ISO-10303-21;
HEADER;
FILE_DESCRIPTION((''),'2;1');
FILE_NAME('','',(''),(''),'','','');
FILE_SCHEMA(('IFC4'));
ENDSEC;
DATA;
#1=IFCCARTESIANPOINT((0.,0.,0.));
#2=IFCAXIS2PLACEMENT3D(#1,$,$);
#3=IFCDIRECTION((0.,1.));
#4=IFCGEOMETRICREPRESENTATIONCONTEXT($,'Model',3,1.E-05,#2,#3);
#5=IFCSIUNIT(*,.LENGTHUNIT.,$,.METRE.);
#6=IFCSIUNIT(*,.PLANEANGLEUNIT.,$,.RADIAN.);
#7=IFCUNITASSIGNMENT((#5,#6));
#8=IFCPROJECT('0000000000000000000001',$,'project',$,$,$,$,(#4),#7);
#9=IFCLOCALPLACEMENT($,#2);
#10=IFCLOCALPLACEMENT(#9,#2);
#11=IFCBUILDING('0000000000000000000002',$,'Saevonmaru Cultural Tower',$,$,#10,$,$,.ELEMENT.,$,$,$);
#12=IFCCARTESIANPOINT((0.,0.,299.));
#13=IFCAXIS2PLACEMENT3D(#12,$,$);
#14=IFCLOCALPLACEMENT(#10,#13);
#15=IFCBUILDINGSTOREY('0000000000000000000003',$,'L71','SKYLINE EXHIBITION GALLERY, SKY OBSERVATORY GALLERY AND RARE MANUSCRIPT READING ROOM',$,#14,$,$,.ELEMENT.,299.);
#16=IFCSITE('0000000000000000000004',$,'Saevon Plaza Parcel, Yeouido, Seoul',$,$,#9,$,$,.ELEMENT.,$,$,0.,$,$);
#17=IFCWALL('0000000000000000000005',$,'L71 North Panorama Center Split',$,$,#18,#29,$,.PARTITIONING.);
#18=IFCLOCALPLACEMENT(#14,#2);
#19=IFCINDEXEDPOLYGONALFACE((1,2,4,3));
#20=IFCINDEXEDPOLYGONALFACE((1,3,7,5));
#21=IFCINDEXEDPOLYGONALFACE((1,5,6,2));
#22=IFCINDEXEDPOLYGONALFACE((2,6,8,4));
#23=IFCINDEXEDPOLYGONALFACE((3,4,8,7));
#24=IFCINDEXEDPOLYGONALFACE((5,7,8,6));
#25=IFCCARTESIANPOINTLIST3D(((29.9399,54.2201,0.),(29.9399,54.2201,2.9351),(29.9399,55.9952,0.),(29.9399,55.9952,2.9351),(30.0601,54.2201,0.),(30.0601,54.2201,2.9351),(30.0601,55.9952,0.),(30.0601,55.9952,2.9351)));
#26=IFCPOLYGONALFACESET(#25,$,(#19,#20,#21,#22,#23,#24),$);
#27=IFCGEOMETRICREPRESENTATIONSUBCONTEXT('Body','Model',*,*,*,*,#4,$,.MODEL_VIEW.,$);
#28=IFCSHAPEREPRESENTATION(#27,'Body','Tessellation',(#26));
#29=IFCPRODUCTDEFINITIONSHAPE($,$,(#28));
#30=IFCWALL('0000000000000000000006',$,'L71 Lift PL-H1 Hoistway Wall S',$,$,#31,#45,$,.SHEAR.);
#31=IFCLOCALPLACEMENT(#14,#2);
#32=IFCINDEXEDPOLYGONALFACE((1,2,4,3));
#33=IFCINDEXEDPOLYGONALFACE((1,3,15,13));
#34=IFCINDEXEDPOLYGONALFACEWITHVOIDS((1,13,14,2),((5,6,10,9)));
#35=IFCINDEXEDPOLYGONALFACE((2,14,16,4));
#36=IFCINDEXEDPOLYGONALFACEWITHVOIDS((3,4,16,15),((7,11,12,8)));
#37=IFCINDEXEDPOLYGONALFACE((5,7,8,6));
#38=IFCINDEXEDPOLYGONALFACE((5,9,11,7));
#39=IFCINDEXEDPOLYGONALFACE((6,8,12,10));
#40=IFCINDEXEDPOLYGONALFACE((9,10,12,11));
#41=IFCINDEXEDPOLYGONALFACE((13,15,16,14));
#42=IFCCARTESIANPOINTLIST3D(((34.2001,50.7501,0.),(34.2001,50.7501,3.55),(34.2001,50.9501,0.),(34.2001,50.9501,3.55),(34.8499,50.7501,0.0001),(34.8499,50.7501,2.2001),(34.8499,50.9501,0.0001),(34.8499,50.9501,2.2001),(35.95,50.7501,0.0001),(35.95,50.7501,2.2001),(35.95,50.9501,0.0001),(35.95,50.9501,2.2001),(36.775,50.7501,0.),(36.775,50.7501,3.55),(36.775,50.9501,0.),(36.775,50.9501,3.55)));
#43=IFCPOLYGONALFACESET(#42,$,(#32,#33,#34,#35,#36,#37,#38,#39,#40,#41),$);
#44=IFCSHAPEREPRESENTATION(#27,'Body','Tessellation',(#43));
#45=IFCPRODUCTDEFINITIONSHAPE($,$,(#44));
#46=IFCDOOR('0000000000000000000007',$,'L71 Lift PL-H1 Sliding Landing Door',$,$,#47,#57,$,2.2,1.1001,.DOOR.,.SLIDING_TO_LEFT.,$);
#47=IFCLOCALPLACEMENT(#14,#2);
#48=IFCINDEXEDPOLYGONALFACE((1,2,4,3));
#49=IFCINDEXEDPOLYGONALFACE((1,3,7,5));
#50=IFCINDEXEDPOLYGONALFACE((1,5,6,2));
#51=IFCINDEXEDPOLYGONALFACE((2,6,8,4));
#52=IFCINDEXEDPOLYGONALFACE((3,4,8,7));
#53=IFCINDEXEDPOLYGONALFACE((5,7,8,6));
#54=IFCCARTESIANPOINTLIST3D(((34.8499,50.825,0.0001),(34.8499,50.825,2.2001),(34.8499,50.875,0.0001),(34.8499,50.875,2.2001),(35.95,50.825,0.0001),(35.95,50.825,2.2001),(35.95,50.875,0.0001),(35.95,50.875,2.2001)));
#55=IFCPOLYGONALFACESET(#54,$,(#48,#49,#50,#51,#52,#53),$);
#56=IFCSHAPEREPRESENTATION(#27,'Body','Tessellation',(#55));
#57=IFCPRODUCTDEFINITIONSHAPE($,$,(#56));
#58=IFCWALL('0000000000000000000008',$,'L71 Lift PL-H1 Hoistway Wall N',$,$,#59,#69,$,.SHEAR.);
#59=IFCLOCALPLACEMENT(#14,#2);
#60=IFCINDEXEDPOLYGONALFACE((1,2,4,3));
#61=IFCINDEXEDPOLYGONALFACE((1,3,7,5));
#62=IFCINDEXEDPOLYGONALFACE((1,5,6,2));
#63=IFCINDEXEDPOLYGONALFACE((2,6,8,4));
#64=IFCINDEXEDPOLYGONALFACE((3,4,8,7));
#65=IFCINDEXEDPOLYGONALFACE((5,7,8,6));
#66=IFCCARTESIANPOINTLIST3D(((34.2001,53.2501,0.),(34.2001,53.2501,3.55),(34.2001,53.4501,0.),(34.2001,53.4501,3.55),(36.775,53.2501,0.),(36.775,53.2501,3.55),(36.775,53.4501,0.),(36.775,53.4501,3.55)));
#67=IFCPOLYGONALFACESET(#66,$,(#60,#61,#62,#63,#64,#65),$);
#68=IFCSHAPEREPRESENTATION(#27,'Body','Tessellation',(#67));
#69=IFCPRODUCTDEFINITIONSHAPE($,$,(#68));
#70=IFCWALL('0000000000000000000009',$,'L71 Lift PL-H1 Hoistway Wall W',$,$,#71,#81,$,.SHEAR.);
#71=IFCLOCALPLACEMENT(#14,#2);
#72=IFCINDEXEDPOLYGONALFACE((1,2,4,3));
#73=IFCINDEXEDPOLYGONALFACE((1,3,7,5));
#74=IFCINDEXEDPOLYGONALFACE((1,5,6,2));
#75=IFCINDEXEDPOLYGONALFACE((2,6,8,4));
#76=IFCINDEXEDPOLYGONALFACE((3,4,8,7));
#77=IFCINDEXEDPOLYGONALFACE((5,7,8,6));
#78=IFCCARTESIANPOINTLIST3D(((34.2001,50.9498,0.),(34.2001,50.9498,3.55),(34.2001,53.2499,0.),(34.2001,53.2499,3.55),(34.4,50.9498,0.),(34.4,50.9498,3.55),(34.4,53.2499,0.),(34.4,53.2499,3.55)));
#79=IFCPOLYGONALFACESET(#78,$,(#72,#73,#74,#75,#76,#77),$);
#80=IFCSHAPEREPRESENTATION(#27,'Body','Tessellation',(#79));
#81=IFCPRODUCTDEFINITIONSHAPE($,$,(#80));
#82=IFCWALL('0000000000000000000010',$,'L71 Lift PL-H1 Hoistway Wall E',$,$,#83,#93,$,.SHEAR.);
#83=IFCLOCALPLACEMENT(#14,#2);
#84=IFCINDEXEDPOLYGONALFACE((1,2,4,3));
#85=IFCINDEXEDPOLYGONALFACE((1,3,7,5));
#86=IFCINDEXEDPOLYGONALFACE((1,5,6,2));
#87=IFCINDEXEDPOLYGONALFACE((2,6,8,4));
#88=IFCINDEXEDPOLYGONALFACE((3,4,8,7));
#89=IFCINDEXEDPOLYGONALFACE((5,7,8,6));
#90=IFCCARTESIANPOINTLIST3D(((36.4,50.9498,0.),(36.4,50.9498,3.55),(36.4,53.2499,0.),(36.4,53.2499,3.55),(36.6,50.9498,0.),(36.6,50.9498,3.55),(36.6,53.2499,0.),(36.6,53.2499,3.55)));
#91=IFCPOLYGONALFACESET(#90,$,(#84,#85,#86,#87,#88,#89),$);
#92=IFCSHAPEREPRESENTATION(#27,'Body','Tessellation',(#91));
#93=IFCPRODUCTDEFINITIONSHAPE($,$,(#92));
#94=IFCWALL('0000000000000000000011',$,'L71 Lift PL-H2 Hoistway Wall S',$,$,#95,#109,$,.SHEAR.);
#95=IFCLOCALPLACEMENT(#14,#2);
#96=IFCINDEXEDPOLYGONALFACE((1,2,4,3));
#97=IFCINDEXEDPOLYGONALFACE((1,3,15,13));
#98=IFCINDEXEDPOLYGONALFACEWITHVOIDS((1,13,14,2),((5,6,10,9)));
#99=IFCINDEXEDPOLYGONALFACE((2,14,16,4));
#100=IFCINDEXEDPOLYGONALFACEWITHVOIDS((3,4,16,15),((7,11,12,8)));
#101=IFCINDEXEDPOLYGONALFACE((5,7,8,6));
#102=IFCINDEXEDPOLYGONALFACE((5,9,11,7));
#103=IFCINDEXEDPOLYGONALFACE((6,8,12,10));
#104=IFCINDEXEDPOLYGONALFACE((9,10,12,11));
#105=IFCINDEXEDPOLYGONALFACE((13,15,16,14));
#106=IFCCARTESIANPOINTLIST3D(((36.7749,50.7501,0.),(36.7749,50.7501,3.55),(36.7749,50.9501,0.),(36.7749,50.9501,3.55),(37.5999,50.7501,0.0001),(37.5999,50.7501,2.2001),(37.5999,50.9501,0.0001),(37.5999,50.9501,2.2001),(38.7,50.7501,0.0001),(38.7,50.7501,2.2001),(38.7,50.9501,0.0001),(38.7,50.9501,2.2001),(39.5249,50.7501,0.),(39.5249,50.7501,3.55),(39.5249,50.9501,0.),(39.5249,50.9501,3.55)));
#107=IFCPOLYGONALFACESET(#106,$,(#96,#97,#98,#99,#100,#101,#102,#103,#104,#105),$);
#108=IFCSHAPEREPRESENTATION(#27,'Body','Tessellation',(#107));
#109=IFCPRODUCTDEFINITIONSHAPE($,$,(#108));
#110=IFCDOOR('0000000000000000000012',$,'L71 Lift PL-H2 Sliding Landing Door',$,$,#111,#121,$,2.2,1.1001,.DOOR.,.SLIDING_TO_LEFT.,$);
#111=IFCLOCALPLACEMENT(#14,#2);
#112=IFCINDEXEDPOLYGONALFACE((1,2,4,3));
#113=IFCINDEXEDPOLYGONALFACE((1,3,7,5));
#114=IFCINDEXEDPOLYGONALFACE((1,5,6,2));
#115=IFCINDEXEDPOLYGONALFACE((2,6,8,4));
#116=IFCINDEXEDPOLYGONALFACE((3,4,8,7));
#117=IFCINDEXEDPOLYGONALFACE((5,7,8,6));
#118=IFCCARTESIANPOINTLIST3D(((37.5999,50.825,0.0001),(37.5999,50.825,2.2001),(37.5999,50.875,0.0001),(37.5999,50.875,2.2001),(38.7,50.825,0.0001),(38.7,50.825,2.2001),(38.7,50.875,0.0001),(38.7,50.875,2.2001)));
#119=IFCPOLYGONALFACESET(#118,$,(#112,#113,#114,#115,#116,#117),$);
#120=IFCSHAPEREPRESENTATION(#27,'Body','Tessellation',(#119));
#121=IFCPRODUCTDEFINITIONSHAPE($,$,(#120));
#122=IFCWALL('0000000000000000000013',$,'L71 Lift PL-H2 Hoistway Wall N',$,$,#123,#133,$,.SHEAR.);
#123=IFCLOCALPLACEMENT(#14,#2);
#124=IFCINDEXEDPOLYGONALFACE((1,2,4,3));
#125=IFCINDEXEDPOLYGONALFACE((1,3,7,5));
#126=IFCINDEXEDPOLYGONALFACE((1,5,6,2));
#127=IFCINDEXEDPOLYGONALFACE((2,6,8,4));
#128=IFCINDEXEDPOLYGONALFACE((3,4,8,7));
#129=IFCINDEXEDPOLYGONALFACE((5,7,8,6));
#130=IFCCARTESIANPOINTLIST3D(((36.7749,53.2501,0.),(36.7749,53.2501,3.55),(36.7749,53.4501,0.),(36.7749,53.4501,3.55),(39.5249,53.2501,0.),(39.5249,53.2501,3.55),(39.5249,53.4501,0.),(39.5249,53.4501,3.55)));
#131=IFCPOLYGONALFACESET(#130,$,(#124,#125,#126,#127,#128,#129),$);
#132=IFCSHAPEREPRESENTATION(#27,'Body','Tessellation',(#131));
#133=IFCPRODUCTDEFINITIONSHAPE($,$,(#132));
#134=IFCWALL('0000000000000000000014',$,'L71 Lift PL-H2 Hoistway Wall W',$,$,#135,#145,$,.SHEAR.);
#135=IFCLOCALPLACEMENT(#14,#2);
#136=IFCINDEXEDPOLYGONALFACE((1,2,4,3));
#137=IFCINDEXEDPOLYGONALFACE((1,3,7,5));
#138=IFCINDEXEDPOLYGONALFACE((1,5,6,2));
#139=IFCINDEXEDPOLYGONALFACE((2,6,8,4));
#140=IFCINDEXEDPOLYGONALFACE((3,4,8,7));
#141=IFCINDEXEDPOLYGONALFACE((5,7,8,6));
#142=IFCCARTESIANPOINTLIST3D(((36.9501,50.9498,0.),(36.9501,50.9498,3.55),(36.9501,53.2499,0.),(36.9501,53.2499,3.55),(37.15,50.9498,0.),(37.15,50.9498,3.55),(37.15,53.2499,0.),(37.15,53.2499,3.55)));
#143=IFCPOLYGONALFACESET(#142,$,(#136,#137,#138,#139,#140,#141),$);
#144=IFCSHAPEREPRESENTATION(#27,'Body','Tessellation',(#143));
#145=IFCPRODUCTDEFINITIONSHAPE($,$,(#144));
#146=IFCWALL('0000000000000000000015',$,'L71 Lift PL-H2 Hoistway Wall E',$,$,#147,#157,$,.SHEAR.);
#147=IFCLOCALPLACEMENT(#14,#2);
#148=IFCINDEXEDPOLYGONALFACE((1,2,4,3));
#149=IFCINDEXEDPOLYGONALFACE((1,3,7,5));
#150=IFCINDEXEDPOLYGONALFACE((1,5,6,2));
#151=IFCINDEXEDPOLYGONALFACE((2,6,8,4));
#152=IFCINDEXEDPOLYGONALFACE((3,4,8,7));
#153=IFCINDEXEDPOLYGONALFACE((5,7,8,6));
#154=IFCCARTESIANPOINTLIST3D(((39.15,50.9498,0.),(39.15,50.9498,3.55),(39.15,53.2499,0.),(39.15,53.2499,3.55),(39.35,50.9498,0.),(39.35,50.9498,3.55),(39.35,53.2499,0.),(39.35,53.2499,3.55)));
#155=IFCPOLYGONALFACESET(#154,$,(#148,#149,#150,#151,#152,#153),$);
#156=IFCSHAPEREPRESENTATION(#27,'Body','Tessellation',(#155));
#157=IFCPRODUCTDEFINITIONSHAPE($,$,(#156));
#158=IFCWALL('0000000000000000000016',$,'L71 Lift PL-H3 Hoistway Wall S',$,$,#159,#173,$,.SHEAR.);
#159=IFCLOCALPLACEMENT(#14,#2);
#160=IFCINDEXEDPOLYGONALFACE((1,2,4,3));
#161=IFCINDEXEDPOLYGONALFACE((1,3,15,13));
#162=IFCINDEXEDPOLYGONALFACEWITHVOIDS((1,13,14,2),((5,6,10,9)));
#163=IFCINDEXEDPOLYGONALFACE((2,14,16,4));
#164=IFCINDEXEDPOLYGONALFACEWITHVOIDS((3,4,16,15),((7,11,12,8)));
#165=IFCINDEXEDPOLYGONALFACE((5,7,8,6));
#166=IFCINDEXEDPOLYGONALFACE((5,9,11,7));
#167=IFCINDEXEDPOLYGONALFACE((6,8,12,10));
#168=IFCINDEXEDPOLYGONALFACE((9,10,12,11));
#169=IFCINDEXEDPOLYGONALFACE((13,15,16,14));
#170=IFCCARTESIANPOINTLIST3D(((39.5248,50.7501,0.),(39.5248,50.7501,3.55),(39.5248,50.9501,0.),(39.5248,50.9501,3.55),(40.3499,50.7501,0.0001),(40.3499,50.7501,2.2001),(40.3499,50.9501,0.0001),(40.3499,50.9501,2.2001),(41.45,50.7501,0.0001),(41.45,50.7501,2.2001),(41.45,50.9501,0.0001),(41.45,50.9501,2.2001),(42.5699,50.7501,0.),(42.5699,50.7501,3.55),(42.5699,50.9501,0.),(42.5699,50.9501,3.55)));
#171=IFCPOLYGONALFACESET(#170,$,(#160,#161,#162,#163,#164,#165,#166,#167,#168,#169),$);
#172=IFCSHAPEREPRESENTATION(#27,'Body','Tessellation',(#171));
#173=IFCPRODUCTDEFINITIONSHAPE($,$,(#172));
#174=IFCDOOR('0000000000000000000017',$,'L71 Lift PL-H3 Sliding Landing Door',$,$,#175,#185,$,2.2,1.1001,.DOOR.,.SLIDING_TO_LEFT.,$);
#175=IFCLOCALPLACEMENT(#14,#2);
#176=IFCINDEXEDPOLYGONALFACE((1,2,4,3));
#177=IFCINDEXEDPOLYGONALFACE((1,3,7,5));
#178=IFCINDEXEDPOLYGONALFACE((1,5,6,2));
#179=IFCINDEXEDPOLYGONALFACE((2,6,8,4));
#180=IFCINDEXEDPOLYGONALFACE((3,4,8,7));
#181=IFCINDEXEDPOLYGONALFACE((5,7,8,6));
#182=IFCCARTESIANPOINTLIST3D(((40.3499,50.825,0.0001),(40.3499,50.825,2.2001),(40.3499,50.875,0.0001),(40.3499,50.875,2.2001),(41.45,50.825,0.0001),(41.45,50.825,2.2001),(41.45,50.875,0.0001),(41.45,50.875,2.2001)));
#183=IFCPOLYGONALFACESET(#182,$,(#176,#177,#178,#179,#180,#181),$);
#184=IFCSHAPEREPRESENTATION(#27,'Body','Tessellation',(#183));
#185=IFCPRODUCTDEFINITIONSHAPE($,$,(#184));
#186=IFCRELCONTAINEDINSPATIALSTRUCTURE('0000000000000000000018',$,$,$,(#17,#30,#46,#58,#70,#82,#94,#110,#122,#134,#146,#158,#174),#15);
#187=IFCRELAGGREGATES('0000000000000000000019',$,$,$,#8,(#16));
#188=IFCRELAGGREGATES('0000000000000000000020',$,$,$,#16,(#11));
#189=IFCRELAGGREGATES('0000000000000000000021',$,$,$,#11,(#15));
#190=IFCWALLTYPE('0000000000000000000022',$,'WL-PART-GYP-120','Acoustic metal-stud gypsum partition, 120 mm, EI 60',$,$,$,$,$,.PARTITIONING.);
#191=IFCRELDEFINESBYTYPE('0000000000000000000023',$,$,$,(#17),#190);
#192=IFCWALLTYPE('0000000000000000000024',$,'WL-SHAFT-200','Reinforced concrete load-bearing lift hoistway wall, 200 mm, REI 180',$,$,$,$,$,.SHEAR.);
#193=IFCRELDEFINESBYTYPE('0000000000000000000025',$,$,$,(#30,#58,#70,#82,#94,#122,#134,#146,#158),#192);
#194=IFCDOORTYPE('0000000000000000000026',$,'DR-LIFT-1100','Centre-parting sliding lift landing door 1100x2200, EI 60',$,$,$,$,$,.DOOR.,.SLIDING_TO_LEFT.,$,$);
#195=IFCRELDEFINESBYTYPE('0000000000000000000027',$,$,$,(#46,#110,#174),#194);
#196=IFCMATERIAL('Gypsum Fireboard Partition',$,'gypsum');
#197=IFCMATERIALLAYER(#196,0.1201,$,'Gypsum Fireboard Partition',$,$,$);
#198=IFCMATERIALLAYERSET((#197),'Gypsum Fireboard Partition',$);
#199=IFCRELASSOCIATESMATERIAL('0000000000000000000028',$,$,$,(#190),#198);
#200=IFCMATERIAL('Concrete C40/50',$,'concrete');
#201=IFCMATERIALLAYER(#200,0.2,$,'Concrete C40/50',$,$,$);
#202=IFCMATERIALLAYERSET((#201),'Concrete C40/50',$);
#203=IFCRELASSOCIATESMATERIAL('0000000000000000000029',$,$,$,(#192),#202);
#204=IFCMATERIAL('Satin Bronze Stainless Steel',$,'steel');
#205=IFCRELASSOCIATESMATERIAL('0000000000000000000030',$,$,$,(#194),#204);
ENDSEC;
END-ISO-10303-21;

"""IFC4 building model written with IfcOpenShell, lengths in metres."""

from ifc_helpers import new_model, si_unit, direction, frame, frame_2d, origin, place, context, subcontext, project, spatial, rectangle, extrude, material, layer, layer_set, type_object, element, fill, save


model = new_model("IFC4")

# Units and contexts
model_context = context("Model", 3, precision=1e-05, world=origin(), true_north=direction((0.0, 1.0)))
body_context = subcontext(model_context, "Body", "Model", "MODEL_VIEW")
ifc_project = project(units=[si_unit("LENGTHUNIT", "METRE"), si_unit("PLANEANGLEUNIT", "RADIAN")], contexts=[model_context])

# Site, building, storey
site_placement = place(None, origin())
site = spatial("IfcSite", under=ifc_project, at=site_placement, Name="Saevon Plaza Parcel, Yeouido, Seoul", CompositionType="ELEMENT", RefElevation=0.0)
building_placement = place(site_placement, origin())
building = spatial("IfcBuilding", under=site, at=building_placement, Name="Saevonmaru Cultural Tower", CompositionType="ELEMENT")
storey_placement = place(building_placement, frame((0.0, 0.0, 299.0)))
storey = spatial("IfcBuildingStorey", under=building, at=storey_placement, Name="L71", Description="SKYLINE EXHIBITION GALLERY, SKY OBSERVATORY GALLERY AND RARE MANUSCRIPT READING ROOM", CompositionType="ELEMENT", Elevation=299.0)

# Shared definitions
ifc_material_1 = material(Name="Gypsum Fireboard Partition", Category="gypsum")

# Wall
ifc_layer_1 = layer(ifc_material_1, 0.1201, Name="Gypsum Fireboard Partition")
ifc_layer_set_1 = layer_set([ifc_layer_1], Name="Gypsum Fireboard Partition")
wall_type_1 = type_object("IfcWallType", Name="WL-PART-GYP-120", Description="Acoustic metal-stud gypsum partition, 120 mm, EI 60", PredefinedType="PARTITIONING", material=ifc_layer_set_1)
wall_1_placement = place(storey_placement, frame((30.0, 54.22, 0.0), z_axis=(0.0, 0.0, 1.0), x_axis=(0.0, 1.0, 0.0)))
element("IfcWall", 1, at=wall_1_placement, inside=storey, type_object=wall_type_1, Name="L71 North Panorama Center Split", PredefinedType="PARTITIONING", context=body_context, shape_type="SweptSolid", body=[
    extrude(rectangle(XDim=1.7751, YDim=0.1201, at=frame_2d((0.8877, 0.0))), origin(), (0.0, 0.0, 1.0), 2.9351),
])

# Wall, opening, door
ifc_material_2 = material(Name="Concrete C40/50", Category="concrete")
ifc_layer_2 = layer(ifc_material_2, 0.2, Name="Concrete C40/50")
ifc_layer_set_2 = layer_set([ifc_layer_2], Name="Concrete C40/50")
wall_type_2 = type_object("IfcWallType", Name="WL-SHAFT-200", Description="Reinforced concrete load-bearing lift hoistway wall, 200 mm, REI 180", PredefinedType="SHEAR", material=ifc_layer_set_2)
wall_2_placement = place(storey_placement, frame((34.2, 50.8501, 0.0), z_axis=(0.0, 0.0, 1.0), x_axis=(1.0, 0.0, 0.0)))
wall_2 = element("IfcWall", 2, at=wall_2_placement, inside=storey, type_object=wall_type_2, Name="L71 Lift PL-H1 Hoistway Wall S", PredefinedType="SHEAR", context=body_context, shape_type="SweptSolid", body=[
    extrude(rectangle(XDim=2.575, YDim=0.2, at=frame_2d((1.2876, 0.0))), origin(), (0.0, 0.0, 1.0), 3.55),
])
opening_1_placement = place(wall_2_placement, frame((0.6499, 0.0, 0.0)))
opening_1 = element("IfcOpeningElement", 3, at=opening_1_placement, cuts=wall_2, PredefinedType="OPENING", context=body_context, shape_type="SweptSolid", body=[
    extrude(rectangle(XDim=1.1001, YDim=2.2, at=frame_2d((0.55, 1.1001))), frame((0.0, 0.1099, 0.0), z_axis=(0.0, -1.0, 0.0), x_axis=(1.0, 0.0, 0.0)), (0.0, 0.0, 1.0), 0.22),
])
ifc_material_3 = material(Name="Satin Bronze Stainless Steel", Category="steel")
door_type_1 = type_object("IfcDoorType", Name="DR-LIFT-1100", Description="Centre-parting sliding lift landing door 1100x2200, EI 60", OperationType="SLIDING_TO_LEFT", PredefinedType="DOOR", material=ifc_material_3)
door_1_placement = place(opening_1_placement, origin())
door_1 = element("IfcDoor", 4, at=door_1_placement, inside=storey, type_object=door_type_1, Name="L71 Lift PL-H1 Sliding Landing Door", OperationType="SLIDING_TO_LEFT", OverallHeight=2.2, OverallWidth=1.1001, PredefinedType="DOOR", context=body_context, shape_type="SweptSolid", body=[
    extrude(rectangle(XDim=1.1001, YDim=2.2, at=frame_2d((0.55, 1.1001))), frame((0.0, 0.0249, 0.0), z_axis=(0.0, -1.0, 0.0), x_axis=(1.0, 0.0, 0.0)), (0.0, 0.0, 1.0), 0.05),
])
fill(opening_1, door_1)

# Walls
wall_3_placement = place(storey_placement, frame((34.2, 53.3501, 0.0), z_axis=(0.0, 0.0, 1.0), x_axis=(1.0, 0.0, 0.0)))
element("IfcWall", 5, at=wall_3_placement, inside=storey, type_object=wall_type_2, Name="L71 Lift PL-H1 Hoistway Wall N", PredefinedType="SHEAR", context=body_context, shape_type="SweptSolid", body=[
    extrude(rectangle(XDim=2.575, YDim=0.2, at=frame_2d((1.2876, 0.0))), origin(), (0.0, 0.0, 1.0), 3.55),
])
for number, where, z_axis, x_axis, name in (
    (6, (34.3, 50.95, 0.0), (0.0, 0.0, 1.0), (0.0, 1.0, 0.0), "L71 Lift PL-H1 Hoistway Wall W"),
    (7, (36.5, 50.95, 0.0), (0.0, 0.0, 1.0), (0.0, 1.0, 0.0), "L71 Lift PL-H1 Hoistway Wall E"),
):
    element("IfcWall", number, at=place(storey_placement, frame(where, z_axis=z_axis, x_axis=x_axis)), inside=storey, type_object=wall_type_2, Name=name, PredefinedType="SHEAR", context=body_context, shape_type="SweptSolid", body=[
        extrude(rectangle(XDim=2.3, YDim=0.2, at=frame_2d((1.1499, 0.0))), origin(), (0.0, 0.0, 1.0), 3.55),
    ])

# Wall, opening, door
wall_4_placement = place(storey_placement, frame((36.7749, 50.8501, 0.0), z_axis=(0.0, 0.0, 1.0), x_axis=(1.0, 0.0, 0.0)))
wall_4 = element("IfcWall", 8, at=wall_4_placement, inside=storey, type_object=wall_type_2, Name="L71 Lift PL-H2 Hoistway Wall S", PredefinedType="SHEAR", context=body_context, shape_type="SweptSolid", body=[
    extrude(rectangle(XDim=2.75, YDim=0.2, at=frame_2d((1.375, 0.0))), origin(), (0.0, 0.0, 1.0), 3.55),
])
opening_2_placement = place(wall_4_placement, frame((0.825, 0.0, 0.0)))
opening_2 = element("IfcOpeningElement", 9, at=opening_2_placement, cuts=wall_4, PredefinedType="OPENING", context=body_context, shape_type="SweptSolid", body=[
    extrude(rectangle(XDim=1.1001, YDim=2.2, at=frame_2d((0.55, 1.1001))), frame((0.0, 0.1099, 0.0), z_axis=(0.0, -1.0, 0.0), x_axis=(1.0, 0.0, 0.0)), (0.0, 0.0, 1.0), 0.22),
])
door_2_placement = place(opening_2_placement, origin())
door_2 = element("IfcDoor", 10, at=door_2_placement, inside=storey, type_object=door_type_1, Name="L71 Lift PL-H2 Sliding Landing Door", OperationType="SLIDING_TO_LEFT", OverallHeight=2.2, OverallWidth=1.1001, PredefinedType="DOOR", context=body_context, shape_type="SweptSolid", body=[
    extrude(rectangle(XDim=1.1001, YDim=2.2, at=frame_2d((0.55, 1.1001))), frame((0.0, 0.0249, 0.0), z_axis=(0.0, -1.0, 0.0), x_axis=(1.0, 0.0, 0.0)), (0.0, 0.0, 1.0), 0.05),
])
fill(opening_2, door_2)

# Walls
wall_5_placement = place(storey_placement, frame((36.7749, 53.3501, 0.0), z_axis=(0.0, 0.0, 1.0), x_axis=(1.0, 0.0, 0.0)))
element("IfcWall", 11, at=wall_5_placement, inside=storey, type_object=wall_type_2, Name="L71 Lift PL-H2 Hoistway Wall N", PredefinedType="SHEAR", context=body_context, shape_type="SweptSolid", body=[
    extrude(rectangle(XDim=2.75, YDim=0.2, at=frame_2d((1.375, 0.0))), origin(), (0.0, 0.0, 1.0), 3.55),
])
for number, where, z_axis, x_axis, name in (
    (12, (37.05, 50.95, 0.0), (0.0, 0.0, 1.0), (0.0, 1.0, 0.0), "L71 Lift PL-H2 Hoistway Wall W"),
    (13, (39.25, 50.95, 0.0), (0.0, 0.0, 1.0), (0.0, 1.0, 0.0), "L71 Lift PL-H2 Hoistway Wall E"),
):
    element("IfcWall", number, at=place(storey_placement, frame(where, z_axis=z_axis, x_axis=x_axis)), inside=storey, type_object=wall_type_2, Name=name, PredefinedType="SHEAR", context=body_context, shape_type="SweptSolid", body=[
        extrude(rectangle(XDim=2.3, YDim=0.2, at=frame_2d((1.1499, 0.0))), origin(), (0.0, 0.0, 1.0), 3.55),
    ])

# Wall, opening, door
wall_6_placement = place(storey_placement, frame((39.5249, 50.8501, 0.0), z_axis=(0.0, 0.0, 1.0), x_axis=(1.0, 0.0, 0.0)))
wall_6 = element("IfcWall", 14, at=wall_6_placement, inside=storey, type_object=wall_type_2, Name="L71 Lift PL-H3 Hoistway Wall S", PredefinedType="SHEAR", context=body_context, shape_type="SweptSolid", body=[
    extrude(rectangle(XDim=3.0452, YDim=0.2, at=frame_2d((1.5225, 0.0))), origin(), (0.0, 0.0, 1.0), 3.55),
])
opening_3_placement = place(wall_6_placement, frame((0.825, 0.0, 0.0)))
opening_3 = element("IfcOpeningElement", 15, at=opening_3_placement, cuts=wall_6, PredefinedType="OPENING", context=body_context, shape_type="SweptSolid", body=[
    extrude(rectangle(XDim=1.1001, YDim=2.2, at=frame_2d((0.55, 1.1001))), frame((0.0, 0.1099, 0.0), z_axis=(0.0, -1.0, 0.0), x_axis=(1.0, 0.0, 0.0)), (0.0, 0.0, 1.0), 0.22),
])
door_3_placement = place(opening_3_placement, origin())
door_3 = element("IfcDoor", 16, at=door_3_placement, inside=storey, type_object=door_type_1, Name="L71 Lift PL-H3 Sliding Landing Door", OperationType="SLIDING_TO_LEFT", OverallHeight=2.2, OverallWidth=1.1001, PredefinedType="DOOR", context=body_context, shape_type="SweptSolid", body=[
    extrude(rectangle(XDim=1.1001, YDim=2.2, at=frame_2d((0.55, 1.1001))), frame((0.0, 0.0249, 0.0), z_axis=(0.0, -1.0, 0.0), x_axis=(1.0, 0.0, 0.0)), (0.0, 0.0, 1.0), 0.05),
])
fill(opening_3, door_3)

save(model, "model.ifc")
